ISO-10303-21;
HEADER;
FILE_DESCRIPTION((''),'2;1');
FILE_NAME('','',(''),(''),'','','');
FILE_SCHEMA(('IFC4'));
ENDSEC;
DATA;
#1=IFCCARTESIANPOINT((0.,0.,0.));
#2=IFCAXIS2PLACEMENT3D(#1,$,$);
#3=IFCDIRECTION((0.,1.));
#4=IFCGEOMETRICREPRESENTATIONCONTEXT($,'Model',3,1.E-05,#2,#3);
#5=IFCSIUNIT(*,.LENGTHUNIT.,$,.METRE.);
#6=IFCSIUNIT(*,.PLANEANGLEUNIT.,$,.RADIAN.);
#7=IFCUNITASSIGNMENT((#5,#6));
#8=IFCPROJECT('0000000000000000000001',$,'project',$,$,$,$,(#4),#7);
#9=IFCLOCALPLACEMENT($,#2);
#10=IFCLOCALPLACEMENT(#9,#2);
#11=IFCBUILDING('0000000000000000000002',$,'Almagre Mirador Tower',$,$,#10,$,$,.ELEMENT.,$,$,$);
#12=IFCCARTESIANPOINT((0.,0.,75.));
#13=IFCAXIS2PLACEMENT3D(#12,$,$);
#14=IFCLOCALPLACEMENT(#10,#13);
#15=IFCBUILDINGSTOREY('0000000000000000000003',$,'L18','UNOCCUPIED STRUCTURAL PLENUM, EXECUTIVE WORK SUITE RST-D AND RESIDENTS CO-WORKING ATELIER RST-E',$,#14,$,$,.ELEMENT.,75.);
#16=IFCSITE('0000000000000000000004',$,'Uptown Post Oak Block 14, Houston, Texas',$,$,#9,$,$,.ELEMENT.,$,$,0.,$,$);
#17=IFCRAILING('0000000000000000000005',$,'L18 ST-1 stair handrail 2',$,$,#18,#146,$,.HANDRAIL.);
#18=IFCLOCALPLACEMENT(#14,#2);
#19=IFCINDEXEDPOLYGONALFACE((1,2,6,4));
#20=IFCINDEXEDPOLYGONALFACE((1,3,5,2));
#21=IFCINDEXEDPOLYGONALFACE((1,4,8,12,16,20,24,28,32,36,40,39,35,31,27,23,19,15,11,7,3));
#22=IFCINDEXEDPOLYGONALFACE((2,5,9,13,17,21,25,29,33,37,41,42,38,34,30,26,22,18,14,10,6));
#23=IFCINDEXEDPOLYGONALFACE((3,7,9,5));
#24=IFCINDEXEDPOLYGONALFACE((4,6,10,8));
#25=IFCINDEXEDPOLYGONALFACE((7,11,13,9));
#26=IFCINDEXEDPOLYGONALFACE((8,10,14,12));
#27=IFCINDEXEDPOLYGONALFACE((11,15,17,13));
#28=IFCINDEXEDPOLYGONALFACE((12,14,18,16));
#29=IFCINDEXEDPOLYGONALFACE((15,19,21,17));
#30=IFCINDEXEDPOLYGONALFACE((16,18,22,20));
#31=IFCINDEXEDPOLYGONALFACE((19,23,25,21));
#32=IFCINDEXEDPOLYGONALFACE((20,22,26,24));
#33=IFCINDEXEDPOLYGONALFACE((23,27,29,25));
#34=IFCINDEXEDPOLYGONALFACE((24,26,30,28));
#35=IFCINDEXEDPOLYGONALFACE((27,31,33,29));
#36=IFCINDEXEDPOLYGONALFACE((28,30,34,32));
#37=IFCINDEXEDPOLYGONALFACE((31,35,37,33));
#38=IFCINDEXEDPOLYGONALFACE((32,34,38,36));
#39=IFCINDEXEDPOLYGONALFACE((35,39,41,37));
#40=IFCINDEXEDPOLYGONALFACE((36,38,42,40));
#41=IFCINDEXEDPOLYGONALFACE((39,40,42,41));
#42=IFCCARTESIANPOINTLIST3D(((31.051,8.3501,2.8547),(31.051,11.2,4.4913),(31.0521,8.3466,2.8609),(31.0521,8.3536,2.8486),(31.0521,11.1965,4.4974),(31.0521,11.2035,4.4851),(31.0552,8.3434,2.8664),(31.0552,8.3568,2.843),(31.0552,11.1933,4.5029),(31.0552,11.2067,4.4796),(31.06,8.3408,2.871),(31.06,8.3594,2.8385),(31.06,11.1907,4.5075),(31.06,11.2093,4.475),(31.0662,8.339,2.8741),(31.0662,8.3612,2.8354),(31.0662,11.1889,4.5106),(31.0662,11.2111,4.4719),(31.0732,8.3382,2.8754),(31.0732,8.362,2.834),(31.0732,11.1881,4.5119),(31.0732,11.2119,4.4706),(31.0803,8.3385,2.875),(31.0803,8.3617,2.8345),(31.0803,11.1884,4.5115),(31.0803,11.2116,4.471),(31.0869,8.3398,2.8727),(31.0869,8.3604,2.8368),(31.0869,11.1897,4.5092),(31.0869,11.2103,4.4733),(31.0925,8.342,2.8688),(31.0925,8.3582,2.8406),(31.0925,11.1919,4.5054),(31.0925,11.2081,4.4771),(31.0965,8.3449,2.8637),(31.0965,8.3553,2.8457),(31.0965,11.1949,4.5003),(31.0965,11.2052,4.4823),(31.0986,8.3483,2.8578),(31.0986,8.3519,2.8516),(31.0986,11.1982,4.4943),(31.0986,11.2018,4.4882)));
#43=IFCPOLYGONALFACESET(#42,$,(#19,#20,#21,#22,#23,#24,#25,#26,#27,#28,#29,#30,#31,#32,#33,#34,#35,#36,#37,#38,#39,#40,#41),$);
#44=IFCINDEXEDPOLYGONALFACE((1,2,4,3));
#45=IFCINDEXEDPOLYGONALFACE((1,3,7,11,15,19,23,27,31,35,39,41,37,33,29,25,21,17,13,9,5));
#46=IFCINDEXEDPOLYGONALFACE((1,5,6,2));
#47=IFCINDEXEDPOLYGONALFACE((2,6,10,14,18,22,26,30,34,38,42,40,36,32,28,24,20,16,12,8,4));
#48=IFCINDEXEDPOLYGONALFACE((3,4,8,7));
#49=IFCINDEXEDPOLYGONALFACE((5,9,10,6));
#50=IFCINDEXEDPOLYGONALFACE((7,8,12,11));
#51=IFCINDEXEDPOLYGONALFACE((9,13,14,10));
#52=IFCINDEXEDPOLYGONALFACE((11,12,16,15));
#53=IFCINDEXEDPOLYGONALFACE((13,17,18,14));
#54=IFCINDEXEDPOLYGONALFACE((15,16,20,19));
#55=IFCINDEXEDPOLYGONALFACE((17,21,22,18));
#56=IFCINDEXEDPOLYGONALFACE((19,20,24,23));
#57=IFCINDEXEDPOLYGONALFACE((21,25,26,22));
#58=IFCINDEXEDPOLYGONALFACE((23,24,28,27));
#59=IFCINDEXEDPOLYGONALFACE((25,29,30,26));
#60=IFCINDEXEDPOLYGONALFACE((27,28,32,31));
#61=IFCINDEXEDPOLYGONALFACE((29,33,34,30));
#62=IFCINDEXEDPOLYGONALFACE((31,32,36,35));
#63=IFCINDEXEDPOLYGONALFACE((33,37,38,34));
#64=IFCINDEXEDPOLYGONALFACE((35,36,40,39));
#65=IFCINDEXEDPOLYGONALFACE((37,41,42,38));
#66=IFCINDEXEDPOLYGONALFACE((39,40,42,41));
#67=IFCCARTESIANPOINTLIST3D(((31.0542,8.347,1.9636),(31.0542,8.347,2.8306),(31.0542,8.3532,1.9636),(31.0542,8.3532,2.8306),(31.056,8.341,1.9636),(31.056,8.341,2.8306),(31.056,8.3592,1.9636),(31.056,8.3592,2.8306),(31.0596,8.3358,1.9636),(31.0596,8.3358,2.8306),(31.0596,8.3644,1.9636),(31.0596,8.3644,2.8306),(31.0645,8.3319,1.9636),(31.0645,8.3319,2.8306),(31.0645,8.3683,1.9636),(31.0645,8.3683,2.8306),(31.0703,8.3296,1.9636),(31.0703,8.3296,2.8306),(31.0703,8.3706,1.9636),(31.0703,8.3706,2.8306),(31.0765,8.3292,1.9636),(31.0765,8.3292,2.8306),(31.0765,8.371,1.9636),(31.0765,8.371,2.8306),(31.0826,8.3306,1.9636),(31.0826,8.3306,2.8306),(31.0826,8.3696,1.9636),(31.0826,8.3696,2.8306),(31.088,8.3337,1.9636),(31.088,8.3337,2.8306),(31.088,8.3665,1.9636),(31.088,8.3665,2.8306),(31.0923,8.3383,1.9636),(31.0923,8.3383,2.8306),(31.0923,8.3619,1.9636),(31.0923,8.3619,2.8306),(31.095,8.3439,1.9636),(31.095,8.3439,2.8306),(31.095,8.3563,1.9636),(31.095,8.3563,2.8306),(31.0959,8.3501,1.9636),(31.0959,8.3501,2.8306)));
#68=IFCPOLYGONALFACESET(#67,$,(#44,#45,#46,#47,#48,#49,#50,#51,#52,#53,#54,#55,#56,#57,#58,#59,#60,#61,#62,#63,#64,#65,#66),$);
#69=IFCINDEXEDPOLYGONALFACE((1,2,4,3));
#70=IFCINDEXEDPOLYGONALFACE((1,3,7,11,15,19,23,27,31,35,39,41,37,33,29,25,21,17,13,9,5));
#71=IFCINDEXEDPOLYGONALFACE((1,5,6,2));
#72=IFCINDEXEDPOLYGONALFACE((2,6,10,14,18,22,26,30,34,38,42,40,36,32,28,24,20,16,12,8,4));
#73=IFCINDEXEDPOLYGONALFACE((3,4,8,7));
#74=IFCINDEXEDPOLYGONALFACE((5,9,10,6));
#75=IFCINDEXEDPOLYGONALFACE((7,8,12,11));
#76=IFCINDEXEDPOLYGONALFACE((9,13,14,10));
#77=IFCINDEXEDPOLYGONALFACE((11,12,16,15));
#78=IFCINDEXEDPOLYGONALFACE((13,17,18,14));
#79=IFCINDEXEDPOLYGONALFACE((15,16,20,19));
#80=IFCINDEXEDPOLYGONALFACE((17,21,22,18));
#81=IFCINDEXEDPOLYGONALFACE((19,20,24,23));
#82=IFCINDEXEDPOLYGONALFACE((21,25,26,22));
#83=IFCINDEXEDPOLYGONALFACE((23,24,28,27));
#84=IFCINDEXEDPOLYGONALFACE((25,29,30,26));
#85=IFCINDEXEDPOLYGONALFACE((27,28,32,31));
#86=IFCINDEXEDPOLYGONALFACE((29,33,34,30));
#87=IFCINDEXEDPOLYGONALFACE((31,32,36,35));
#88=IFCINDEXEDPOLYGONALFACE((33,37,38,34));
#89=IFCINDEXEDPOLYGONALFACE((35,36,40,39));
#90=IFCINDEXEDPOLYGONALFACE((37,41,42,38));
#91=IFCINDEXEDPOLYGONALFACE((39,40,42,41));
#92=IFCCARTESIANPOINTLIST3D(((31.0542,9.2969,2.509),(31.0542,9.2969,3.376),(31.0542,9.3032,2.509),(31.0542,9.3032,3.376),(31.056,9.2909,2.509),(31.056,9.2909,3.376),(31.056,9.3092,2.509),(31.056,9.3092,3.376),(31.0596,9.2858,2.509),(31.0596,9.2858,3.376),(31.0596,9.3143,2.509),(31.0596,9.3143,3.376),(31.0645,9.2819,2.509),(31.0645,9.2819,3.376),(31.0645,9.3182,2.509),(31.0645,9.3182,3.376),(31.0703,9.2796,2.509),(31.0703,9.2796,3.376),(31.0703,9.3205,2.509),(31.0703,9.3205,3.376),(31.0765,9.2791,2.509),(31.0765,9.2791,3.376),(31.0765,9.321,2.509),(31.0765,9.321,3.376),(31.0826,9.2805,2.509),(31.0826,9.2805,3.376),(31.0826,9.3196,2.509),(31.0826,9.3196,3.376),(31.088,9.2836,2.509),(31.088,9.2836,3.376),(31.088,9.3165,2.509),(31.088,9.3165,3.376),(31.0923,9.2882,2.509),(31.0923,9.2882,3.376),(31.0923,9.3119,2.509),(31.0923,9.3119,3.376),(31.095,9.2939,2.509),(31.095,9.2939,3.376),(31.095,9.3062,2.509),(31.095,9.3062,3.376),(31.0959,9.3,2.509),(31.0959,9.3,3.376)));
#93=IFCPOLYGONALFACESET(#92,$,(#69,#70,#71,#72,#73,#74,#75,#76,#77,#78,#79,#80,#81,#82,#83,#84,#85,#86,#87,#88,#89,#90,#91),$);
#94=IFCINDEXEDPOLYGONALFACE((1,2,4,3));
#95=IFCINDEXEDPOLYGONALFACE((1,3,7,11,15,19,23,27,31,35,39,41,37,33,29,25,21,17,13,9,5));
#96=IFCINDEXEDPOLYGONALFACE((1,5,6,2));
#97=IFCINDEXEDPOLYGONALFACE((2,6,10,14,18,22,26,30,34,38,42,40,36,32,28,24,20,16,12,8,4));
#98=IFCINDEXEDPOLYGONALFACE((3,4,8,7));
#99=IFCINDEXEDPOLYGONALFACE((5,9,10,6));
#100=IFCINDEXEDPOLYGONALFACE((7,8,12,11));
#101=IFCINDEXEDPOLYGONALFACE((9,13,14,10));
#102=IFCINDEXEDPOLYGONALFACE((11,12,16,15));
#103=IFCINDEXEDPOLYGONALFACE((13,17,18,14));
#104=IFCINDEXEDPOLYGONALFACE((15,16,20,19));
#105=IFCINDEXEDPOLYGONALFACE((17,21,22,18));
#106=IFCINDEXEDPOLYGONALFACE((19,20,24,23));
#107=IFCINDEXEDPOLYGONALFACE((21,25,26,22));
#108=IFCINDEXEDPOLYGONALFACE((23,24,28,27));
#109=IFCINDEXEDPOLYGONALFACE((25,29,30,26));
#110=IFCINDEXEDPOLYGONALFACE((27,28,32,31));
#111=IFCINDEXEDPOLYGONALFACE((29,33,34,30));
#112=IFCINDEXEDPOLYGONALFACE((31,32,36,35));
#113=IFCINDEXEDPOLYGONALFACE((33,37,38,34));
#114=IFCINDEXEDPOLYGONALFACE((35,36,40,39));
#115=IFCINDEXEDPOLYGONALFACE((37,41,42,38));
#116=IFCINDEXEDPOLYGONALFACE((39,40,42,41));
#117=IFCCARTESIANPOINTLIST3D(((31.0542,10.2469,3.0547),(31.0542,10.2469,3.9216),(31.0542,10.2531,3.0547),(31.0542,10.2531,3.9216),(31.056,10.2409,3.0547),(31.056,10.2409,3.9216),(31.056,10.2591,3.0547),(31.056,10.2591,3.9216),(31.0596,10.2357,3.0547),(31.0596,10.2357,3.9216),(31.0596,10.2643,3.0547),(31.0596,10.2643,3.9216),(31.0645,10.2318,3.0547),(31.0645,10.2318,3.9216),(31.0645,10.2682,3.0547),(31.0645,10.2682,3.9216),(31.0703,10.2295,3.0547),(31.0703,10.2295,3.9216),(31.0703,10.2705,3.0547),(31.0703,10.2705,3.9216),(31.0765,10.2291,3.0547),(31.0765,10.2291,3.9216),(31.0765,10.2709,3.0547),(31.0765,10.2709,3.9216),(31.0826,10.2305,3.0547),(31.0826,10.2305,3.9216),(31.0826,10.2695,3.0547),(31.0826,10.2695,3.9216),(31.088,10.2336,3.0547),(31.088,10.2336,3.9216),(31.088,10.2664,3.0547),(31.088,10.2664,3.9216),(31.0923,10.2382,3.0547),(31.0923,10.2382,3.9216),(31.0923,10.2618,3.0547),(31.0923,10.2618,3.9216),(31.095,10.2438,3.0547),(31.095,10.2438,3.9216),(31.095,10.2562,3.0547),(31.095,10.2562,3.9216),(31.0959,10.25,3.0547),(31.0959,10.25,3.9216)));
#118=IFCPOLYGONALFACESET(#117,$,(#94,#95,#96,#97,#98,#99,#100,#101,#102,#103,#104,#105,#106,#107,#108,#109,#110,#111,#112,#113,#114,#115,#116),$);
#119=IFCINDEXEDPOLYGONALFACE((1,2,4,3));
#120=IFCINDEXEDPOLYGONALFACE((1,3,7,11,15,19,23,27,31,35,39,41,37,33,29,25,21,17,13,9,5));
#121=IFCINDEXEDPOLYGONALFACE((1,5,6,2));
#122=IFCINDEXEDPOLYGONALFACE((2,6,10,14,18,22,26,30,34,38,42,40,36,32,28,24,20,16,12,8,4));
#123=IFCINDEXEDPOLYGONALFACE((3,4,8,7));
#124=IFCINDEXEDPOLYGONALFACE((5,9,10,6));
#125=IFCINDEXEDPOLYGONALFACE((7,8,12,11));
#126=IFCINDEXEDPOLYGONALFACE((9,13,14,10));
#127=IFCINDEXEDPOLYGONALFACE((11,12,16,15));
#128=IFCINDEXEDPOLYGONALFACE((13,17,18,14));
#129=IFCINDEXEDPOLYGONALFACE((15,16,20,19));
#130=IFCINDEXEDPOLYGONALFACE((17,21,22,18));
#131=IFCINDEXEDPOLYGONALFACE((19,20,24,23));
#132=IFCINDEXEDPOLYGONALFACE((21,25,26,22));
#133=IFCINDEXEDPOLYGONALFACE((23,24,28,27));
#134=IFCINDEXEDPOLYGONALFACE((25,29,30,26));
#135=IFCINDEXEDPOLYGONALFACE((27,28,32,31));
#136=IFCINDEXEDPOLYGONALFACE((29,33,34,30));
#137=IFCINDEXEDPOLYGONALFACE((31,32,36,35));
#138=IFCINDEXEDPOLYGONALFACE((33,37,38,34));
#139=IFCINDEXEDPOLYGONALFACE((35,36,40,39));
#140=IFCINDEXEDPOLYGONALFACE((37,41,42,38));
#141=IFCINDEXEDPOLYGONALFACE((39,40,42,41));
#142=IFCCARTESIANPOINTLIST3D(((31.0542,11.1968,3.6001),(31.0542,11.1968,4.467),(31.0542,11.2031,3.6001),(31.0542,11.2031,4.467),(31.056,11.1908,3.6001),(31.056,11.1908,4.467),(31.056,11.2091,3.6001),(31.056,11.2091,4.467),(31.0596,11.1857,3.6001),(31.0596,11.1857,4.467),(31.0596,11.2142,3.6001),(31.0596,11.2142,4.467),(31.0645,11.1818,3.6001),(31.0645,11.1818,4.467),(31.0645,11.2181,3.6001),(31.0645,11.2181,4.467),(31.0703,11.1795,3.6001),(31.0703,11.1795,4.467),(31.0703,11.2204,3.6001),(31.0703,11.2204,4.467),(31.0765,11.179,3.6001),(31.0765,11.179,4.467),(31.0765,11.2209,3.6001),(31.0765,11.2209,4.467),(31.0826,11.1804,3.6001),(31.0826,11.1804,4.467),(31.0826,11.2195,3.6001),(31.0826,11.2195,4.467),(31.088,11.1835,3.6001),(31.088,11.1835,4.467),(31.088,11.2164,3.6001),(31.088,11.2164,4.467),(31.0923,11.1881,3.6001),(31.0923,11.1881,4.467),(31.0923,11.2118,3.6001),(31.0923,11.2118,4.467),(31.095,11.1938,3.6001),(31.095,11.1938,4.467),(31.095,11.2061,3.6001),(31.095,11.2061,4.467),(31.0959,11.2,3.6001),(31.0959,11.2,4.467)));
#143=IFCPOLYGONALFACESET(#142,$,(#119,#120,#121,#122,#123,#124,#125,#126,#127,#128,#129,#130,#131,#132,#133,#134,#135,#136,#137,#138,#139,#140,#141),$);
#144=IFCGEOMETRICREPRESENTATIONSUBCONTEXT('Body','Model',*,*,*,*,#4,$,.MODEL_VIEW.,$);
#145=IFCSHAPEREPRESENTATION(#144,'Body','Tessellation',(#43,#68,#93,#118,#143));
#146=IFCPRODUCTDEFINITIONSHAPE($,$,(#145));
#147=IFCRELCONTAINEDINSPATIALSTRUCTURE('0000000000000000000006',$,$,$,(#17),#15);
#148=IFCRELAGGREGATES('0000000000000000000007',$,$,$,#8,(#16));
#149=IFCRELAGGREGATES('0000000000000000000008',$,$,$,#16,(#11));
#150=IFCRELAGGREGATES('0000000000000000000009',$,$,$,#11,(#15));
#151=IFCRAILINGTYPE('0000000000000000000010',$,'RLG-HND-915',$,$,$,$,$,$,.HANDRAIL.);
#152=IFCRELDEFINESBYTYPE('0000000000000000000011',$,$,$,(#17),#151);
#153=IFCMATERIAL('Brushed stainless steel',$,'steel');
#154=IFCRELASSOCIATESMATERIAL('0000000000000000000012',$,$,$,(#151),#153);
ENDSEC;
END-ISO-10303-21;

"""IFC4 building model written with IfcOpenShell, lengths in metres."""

from ifc_helpers import new_model, si_unit, direction, frame, origin, origin_2d, place, context, subcontext, project, spatial, circle, extrude, material, type_object, element, save


model = new_model("IFC4")

# Units and contexts
model_context = context("Model", 3, precision=1e-05, world=origin(), true_north=direction((0.0, 1.0)))
body_context = subcontext(model_context, "Body", "Model", "MODEL_VIEW")
ifc_project = project(units=[si_unit("LENGTHUNIT", "METRE"), si_unit("PLANEANGLEUNIT", "RADIAN")], contexts=[model_context])

# Site, building, storey
site_placement = place(None, origin())
site = spatial("IfcSite", under=ifc_project, at=site_placement, Name="Uptown Post Oak Block 14, Houston, Texas", CompositionType="ELEMENT", RefElevation=0.0)
building_placement = place(site_placement, origin())
building = spatial("IfcBuilding", under=site, at=building_placement, Name="Almagre Mirador Tower", CompositionType="ELEMENT")
storey_placement = place(building_placement, frame((0.0, 0.0, 75.0)))
storey = spatial("IfcBuildingStorey", under=building, at=storey_placement, Name="L18", Description="UNOCCUPIED STRUCTURAL PLENUM, EXECUTIVE WORK SUITE RST-D AND RESIDENTS CO-WORKING ATELIER RST-E", CompositionType="ELEMENT", Elevation=75.0)

# Railing
ifc_material_1 = material(Name="Brushed stainless steel", Category="steel")
railing_type_1 = type_object("IfcRailingType", Name="RLG-HND-915", PredefinedType="HANDRAIL", material=ifc_material_1)
railing_1_placement = place(storey_placement, frame((31.075, 8.3501, 1.9636)))
element("IfcRailing", 1, at=railing_1_placement, inside=storey, type_object=railing_type_1, Name="L18 ST-1 stair handrail 2", PredefinedType="HANDRAIL", context=body_context, shape_type="SweptSolid", body=[
    extrude(circle(Radius=0.0239, at=origin_2d()), frame((0.0, 0.0, 0.8911), z_axis=(0.0, 0.867194, 0.49797), x_axis=(-1.0, 0.0, 0.0)), (0.0, 0.0, 1.0), 3.2864),
    extrude(circle(Radius=0.021, at=origin_2d()), origin(), (0.0, 0.0, 1.0), 0.8669),
    extrude(circle(Radius=0.021, at=origin_2d()), frame((0.0, 0.95, 0.5454)), (0.0, 0.0, 1.0), 0.8669),
    extrude(circle(Radius=0.021, at=origin_2d()), frame((0.0, 1.8999, 1.0911)), (0.0, 0.0, 1.0), 0.8669),
    extrude(circle(Radius=0.021, at=origin_2d()), frame((0.0, 2.8499, 1.6365)), (0.0, 0.0, 1.0), 0.8669),
])

save(model, "model.ifc")
